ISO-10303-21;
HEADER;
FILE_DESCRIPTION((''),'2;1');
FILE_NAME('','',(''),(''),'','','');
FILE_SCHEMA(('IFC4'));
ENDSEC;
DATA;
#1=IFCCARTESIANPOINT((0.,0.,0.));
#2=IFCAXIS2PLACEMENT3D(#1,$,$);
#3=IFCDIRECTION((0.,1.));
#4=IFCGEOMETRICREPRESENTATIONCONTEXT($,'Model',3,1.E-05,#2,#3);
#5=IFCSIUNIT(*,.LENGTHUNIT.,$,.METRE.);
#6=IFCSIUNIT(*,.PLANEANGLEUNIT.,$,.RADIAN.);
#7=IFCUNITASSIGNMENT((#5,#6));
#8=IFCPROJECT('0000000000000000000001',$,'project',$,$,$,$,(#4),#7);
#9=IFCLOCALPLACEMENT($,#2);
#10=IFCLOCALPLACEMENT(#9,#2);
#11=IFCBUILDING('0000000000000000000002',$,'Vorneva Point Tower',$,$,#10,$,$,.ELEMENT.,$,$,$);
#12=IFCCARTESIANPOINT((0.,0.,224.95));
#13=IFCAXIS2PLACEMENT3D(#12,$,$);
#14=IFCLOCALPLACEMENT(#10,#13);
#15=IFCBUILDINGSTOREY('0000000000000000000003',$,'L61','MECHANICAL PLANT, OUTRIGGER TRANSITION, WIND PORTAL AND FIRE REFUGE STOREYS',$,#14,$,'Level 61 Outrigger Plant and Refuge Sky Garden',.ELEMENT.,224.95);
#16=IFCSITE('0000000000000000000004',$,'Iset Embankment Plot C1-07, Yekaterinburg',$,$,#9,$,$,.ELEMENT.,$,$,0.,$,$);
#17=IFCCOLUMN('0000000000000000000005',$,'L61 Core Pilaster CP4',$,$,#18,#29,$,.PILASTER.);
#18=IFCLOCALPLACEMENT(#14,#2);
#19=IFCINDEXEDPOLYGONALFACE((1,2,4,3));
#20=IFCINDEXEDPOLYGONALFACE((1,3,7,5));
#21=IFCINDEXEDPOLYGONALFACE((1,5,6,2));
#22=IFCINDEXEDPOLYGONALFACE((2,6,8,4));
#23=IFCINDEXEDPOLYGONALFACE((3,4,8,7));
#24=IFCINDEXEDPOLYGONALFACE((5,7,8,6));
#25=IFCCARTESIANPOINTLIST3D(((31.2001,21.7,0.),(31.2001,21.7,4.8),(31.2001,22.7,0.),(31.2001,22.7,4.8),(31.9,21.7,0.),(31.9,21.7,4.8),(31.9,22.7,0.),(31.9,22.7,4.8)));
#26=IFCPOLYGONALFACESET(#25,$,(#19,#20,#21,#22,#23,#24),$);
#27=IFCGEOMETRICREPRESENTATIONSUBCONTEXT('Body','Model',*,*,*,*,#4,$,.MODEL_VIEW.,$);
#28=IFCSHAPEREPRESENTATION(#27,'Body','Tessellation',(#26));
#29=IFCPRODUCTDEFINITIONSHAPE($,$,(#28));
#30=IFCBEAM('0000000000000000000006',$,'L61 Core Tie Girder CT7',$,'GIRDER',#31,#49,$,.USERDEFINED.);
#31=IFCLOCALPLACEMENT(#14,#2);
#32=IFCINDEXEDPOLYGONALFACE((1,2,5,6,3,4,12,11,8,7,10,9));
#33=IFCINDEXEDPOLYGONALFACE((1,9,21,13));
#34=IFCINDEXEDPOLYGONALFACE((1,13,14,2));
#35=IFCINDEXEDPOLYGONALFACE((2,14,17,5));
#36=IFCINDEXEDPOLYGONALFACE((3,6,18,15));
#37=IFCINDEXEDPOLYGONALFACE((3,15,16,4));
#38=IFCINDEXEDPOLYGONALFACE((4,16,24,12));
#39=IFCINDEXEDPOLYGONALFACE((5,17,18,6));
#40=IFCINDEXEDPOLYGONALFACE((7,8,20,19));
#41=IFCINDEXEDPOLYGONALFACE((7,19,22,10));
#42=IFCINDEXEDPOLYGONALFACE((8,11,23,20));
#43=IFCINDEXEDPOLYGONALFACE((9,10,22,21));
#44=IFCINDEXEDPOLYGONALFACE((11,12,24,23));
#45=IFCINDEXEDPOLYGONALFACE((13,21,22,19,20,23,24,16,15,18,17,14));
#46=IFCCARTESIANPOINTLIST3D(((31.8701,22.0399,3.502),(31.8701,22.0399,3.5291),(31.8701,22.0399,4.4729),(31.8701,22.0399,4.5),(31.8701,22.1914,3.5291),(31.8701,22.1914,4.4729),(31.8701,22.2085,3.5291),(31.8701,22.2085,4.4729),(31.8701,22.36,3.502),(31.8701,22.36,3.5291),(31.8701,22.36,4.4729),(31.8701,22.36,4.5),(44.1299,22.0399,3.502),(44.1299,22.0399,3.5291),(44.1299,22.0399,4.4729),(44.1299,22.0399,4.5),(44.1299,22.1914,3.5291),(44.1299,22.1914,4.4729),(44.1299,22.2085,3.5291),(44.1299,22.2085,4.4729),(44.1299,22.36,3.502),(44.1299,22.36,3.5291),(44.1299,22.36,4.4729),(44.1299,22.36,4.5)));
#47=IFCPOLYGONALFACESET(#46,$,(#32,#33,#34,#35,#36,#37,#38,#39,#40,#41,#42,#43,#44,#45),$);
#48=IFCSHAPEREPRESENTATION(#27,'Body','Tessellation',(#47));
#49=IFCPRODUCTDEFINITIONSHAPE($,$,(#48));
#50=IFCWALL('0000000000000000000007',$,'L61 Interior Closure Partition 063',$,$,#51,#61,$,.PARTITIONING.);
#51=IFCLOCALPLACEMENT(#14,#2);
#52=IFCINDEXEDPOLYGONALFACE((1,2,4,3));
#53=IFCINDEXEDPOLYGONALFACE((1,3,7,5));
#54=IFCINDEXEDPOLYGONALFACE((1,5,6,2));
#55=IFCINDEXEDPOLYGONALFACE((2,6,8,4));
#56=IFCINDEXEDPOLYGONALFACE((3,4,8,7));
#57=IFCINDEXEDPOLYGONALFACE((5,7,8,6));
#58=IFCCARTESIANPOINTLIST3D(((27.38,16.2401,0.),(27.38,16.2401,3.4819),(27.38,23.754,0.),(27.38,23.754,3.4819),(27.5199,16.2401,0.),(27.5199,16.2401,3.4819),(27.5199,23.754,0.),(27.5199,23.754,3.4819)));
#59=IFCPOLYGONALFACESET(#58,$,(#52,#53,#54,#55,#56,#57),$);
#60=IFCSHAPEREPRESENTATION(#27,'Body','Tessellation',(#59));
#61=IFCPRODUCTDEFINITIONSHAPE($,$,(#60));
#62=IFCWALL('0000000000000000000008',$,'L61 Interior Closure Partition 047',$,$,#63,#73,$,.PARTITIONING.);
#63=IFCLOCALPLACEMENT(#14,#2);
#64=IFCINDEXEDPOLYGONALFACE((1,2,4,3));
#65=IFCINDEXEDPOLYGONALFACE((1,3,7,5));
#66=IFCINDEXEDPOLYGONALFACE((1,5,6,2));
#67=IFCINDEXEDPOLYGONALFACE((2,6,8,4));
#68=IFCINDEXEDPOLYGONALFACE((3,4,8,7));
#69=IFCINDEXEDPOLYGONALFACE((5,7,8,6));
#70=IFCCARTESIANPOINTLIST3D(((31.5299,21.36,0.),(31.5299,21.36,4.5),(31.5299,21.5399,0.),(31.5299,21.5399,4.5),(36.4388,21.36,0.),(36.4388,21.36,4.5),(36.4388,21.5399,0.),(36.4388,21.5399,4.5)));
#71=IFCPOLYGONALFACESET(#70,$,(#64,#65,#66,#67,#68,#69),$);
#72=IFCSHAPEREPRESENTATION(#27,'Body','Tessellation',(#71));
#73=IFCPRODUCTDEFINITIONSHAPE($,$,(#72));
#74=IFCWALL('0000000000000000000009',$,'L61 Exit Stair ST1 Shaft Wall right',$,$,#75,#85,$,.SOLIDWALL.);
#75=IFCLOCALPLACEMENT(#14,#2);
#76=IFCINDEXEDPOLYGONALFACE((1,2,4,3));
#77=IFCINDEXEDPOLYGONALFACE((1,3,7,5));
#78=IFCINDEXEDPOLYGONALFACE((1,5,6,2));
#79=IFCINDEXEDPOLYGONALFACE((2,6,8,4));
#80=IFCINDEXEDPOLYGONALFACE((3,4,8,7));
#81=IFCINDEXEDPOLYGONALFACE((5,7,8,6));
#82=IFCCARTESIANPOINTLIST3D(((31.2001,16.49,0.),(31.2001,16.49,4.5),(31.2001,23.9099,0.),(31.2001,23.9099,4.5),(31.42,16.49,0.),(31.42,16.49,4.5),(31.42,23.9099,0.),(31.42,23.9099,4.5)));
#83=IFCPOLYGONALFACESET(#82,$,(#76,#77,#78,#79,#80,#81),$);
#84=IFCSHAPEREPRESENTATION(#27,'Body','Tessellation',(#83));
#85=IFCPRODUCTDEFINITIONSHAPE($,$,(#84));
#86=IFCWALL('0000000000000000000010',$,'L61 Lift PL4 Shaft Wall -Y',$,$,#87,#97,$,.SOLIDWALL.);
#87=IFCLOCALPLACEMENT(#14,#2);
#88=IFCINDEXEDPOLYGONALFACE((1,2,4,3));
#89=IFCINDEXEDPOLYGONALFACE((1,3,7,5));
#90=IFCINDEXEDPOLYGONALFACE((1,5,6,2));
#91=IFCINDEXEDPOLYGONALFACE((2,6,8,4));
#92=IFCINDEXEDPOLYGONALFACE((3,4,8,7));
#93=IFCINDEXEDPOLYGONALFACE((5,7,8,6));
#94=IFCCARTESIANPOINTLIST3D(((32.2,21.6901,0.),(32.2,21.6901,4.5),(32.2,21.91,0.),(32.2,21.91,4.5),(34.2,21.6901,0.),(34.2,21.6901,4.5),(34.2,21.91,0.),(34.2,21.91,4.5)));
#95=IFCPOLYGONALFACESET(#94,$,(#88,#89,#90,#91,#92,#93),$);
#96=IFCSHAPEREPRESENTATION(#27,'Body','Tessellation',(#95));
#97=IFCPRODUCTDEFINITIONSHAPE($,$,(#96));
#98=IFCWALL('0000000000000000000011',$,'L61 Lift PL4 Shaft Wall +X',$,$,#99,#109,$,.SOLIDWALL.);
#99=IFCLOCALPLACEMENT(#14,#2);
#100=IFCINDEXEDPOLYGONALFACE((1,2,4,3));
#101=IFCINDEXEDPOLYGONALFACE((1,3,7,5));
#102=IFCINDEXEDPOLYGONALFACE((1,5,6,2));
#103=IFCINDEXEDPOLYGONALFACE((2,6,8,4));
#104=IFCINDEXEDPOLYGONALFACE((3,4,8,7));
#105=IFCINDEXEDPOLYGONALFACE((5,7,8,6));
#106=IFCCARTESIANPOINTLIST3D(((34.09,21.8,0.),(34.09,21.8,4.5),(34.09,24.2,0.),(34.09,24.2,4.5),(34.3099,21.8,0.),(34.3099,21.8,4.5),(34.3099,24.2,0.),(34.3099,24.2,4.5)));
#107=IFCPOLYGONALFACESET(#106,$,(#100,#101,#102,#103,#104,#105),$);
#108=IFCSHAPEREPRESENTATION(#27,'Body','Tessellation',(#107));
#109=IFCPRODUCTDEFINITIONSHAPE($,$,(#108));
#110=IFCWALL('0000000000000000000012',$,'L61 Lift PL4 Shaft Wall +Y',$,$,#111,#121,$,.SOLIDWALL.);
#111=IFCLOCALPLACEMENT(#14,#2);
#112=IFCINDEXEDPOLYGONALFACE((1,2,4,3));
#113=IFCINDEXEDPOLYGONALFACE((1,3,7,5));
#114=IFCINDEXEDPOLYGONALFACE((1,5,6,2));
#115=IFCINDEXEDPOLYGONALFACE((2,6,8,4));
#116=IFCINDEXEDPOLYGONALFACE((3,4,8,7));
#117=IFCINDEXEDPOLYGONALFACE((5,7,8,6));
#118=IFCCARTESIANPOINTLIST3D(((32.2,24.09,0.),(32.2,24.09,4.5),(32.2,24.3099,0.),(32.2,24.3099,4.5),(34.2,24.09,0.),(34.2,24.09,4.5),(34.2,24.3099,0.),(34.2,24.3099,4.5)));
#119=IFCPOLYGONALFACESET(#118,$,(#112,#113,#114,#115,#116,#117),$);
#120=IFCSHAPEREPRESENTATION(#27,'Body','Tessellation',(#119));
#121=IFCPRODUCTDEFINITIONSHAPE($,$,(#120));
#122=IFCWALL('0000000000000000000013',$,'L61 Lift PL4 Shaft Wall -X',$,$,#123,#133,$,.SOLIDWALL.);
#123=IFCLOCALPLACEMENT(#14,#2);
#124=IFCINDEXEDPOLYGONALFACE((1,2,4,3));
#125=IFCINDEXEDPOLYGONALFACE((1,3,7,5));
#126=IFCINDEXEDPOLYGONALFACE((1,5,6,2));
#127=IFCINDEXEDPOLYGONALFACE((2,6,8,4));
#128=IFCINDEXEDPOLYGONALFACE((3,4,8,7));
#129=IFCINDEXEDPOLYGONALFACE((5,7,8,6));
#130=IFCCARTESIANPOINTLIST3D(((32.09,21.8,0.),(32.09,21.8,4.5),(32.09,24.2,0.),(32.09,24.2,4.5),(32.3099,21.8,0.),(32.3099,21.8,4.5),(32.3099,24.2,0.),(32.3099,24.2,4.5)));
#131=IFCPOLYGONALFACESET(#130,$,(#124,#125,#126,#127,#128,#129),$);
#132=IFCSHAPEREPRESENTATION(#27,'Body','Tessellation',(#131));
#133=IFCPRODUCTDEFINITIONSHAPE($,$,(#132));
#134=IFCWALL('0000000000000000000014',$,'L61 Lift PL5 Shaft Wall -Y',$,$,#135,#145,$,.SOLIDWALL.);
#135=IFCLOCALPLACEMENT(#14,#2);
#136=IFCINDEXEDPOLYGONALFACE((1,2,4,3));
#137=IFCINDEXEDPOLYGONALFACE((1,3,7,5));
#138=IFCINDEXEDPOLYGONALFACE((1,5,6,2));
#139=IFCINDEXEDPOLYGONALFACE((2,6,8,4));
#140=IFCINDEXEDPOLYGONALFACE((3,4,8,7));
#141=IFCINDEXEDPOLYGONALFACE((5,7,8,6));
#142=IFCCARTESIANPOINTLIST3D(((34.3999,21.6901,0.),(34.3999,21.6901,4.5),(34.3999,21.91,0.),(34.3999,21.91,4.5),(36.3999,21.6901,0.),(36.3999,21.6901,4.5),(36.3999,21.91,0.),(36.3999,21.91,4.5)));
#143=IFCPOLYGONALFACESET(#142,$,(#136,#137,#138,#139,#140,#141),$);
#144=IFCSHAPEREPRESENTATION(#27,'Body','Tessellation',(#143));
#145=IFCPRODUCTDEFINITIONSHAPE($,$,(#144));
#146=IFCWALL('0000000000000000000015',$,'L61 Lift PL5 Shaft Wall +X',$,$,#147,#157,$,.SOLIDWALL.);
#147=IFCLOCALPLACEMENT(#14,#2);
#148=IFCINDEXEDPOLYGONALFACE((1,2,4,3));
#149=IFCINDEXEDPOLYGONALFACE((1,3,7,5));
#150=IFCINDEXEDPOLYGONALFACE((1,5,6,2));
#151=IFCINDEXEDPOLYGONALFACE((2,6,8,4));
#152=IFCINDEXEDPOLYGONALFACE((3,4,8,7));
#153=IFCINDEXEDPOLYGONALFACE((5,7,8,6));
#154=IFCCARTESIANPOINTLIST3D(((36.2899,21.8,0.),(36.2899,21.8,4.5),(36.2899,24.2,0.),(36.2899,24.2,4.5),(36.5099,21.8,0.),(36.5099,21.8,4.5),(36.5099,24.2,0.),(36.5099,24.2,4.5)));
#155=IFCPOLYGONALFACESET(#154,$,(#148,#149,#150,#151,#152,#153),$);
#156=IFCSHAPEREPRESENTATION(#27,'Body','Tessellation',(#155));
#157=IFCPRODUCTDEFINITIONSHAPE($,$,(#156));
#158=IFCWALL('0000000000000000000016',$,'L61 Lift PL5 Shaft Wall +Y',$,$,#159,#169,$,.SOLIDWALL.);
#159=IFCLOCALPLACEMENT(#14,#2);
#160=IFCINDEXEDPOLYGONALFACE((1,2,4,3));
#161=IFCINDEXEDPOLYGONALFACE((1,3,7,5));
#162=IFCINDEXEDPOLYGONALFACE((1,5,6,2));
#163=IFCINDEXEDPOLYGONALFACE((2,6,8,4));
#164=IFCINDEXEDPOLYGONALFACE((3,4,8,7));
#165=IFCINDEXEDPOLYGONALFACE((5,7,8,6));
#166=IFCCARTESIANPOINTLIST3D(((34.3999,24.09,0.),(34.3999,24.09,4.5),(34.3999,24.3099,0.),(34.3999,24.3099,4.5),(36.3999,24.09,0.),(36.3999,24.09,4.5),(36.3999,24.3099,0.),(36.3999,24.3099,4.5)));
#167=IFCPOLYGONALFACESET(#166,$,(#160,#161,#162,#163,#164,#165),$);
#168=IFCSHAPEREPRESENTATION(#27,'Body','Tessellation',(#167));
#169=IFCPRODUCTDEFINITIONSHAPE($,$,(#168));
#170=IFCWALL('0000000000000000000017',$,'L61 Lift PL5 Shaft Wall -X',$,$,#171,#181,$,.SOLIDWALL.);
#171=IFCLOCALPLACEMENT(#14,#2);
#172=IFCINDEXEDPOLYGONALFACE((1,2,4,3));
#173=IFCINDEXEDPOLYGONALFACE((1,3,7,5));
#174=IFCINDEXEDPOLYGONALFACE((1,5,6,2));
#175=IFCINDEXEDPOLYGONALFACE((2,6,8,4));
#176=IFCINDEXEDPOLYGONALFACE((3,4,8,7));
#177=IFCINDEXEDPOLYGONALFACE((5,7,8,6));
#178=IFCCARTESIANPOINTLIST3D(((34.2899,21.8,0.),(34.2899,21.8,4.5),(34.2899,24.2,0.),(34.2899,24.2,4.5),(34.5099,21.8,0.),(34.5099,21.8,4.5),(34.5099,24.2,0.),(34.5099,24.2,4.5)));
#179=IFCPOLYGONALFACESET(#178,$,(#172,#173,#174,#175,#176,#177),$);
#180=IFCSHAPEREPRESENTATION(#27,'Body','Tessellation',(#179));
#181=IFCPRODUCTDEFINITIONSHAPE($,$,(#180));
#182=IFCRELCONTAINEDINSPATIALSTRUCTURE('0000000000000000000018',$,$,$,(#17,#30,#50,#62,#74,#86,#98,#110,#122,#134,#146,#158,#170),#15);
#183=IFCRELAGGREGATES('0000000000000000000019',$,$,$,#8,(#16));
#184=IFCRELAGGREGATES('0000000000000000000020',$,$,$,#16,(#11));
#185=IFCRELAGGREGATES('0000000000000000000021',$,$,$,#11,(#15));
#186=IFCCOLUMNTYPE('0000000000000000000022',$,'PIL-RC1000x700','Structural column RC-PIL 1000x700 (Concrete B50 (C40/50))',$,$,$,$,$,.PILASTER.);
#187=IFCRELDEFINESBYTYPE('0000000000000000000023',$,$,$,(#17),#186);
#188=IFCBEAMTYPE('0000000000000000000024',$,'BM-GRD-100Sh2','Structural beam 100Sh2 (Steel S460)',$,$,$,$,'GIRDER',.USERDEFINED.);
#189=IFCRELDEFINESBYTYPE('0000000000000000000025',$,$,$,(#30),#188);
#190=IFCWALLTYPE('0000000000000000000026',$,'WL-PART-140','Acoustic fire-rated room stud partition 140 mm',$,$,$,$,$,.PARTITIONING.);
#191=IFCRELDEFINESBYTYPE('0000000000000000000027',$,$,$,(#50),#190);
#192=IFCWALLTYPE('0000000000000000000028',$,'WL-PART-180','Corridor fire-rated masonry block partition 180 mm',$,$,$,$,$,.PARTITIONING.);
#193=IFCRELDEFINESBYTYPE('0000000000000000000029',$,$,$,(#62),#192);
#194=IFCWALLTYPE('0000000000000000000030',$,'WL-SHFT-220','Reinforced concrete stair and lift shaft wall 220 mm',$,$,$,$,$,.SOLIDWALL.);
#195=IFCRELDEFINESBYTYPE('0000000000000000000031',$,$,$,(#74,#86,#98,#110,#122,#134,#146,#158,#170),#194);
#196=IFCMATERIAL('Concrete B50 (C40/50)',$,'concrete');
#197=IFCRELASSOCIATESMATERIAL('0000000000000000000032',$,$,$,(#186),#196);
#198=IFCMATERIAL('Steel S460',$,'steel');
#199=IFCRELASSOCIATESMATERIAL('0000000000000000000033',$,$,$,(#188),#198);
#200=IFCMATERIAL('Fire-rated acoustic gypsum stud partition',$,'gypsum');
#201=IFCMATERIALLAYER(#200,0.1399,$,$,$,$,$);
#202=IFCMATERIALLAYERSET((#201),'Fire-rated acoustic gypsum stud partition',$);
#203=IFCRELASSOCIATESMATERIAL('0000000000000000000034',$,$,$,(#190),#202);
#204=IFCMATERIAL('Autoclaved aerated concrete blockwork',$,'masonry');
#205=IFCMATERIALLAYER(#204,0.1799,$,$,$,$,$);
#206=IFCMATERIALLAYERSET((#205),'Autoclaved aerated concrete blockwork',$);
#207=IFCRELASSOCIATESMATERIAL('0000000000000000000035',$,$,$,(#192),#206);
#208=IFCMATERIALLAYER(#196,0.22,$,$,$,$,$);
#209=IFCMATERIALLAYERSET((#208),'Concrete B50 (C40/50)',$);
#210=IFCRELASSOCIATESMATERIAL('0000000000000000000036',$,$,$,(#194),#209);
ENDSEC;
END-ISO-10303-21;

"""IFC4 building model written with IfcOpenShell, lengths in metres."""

from ifc_helpers import new_model, si_unit, direction, frame, frame_2d, origin, origin_2d, place, context, subcontext, project, spatial, rectangle, i_section, extrude, material, layer, layer_set, material_profile, profile_set, type_object, element, save


model = new_model("IFC4")

# Units and contexts
model_context = context("Model", 3, precision=1e-05, world=origin(), true_north=direction((0.0, 1.0)))
body_context = subcontext(model_context, "Body", "Model", "MODEL_VIEW")
ifc_project = project(units=[si_unit("LENGTHUNIT", "METRE"), si_unit("PLANEANGLEUNIT", "RADIAN")], contexts=[model_context])

# Site, building, storey
site_placement = place(None, origin())
site = spatial("IfcSite", under=ifc_project, at=site_placement, Name="Iset Embankment Plot C1-07, Yekaterinburg", CompositionType="ELEMENT", RefElevation=0.0)
building_placement = place(site_placement, origin())
building = spatial("IfcBuilding", under=site, at=building_placement, Name="Vorneva Point Tower", CompositionType="ELEMENT")
storey_placement = place(building_placement, frame((0.0, 0.0, 224.95)))
storey = spatial("IfcBuildingStorey", under=building, at=storey_placement, Name="L61", Description="MECHANICAL PLANT, OUTRIGGER TRANSITION, WIND PORTAL AND FIRE REFUGE STOREYS", LongName="Level 61 Outrigger Plant and Refuge Sky Garden", CompositionType="ELEMENT", Elevation=224.95)

# Column
ifc_material_1 = material(Name="Concrete B50 (C40/50)", Category="concrete")
ifc_material_profile_1 = material_profile(ifc_material_1, rectangle(XDim=0.7, YDim=1.0, at=origin_2d()), Name="RC-PIL 1000x700")
ifc_profile_set_1 = profile_set([ifc_material_profile_1], Name="Concrete B50 (C40/50)")
column_type = type_object("IfcColumnType", Name="PIL-RC1000x700", Description="Structural column RC-PIL 1000x700 (Concrete B50 (C40/50))", PredefinedType="PILASTER", material=ifc_profile_set_1)
column_placement = place(storey_placement, frame((31.55, 22.2, 0.0), z_axis=(0.0, 0.0, 1.0), x_axis=(1.0, 0.0, 0.0)))
element("IfcColumn", 1, at=column_placement, inside=storey, type_object=column_type, Name="L61 Core Pilaster CP4", PredefinedType="PILASTER", context=body_context, shape_type="SweptSolid", body=[
    extrude(rectangle(XDim=0.7, YDim=1.0, at=origin_2d()), origin(), (0.0, 0.0, 1.0), 4.8),
])

# Beam
ifc_material_2 = material(Name="Steel S460", Category="steel")
ifc_material_profile_2 = material_profile(ifc_material_2, i_section(OverallWidth=0.3201, OverallDepth=0.998, WebThickness=0.0171, FlangeThickness=0.0271, at=origin_2d()), Name="100Sh2")
ifc_profile_set_2 = profile_set([ifc_material_profile_2], Name="Steel S460")
beam_type = type_object("IfcBeamType", Name="BM-GRD-100Sh2", Description="Structural beam 100Sh2 (Steel S460)", ElementType="GIRDER", PredefinedType="USERDEFINED", material=ifc_profile_set_2)
beam_placement = place(storey_placement, frame((31.8701, 22.2, 4.001), z_axis=(1.0, 0.0, 0.0), x_axis=(0.0, 1.0, 0.0)))
element("IfcBeam", 2, at=beam_placement, inside=storey, type_object=beam_type, Name="L61 Core Tie Girder CT7", ObjectType="GIRDER", PredefinedType="USERDEFINED", context=body_context, shape_type="SweptSolid", body=[
    extrude(i_section(OverallWidth=0.3201, OverallDepth=0.998, WebThickness=0.0171, FlangeThickness=0.0271, at=origin_2d()), origin(), (0.0, 0.0, 1.0), 12.2598),
])

# Wall
ifc_material_3 = material(Name="Fire-rated acoustic gypsum stud partition", Category="gypsum")
ifc_layer_1 = layer(ifc_material_3, 0.1399)
ifc_layer_set_1 = layer_set([ifc_layer_1], Name="Fire-rated acoustic gypsum stud partition")
wall_type_1 = type_object("IfcWallType", Name="WL-PART-140", Description="Acoustic fire-rated room stud partition 140 mm", PredefinedType="PARTITIONING", material=ifc_layer_set_1)
wall_1_placement = place(storey_placement, frame((27.45, 23.7539, 0.0), z_axis=(0.0, 0.0, 1.0), x_axis=(0.0, -1.0, 0.0)))
element("IfcWall", 3, at=wall_1_placement, inside=storey, type_object=wall_type_1, Name="L61 Interior Closure Partition 063", PredefinedType="PARTITIONING", context=body_context, shape_type="SweptSolid", body=[
    extrude(rectangle(XDim=7.5139, YDim=0.1399, at=frame_2d((3.7568, 0.0))), origin(), (0.0, 0.0, 1.0), 3.4819),
])

# Shared definitions
ifc_material_4 = material(Name="Autoclaved aerated concrete blockwork", Category="masonry")
ifc_layer_2 = layer(ifc_material_4, 0.1799)
ifc_layer_set_2 = layer_set([ifc_layer_2], Name="Autoclaved aerated concrete blockwork")
wall_type_2 = type_object("IfcWallType", Name="WL-PART-180", Description="Corridor fire-rated masonry block partition 180 mm", PredefinedType="PARTITIONING", material=ifc_layer_set_2)

# Wall
wall_2_placement = place(storey_placement, frame((36.439, 21.45, 0.0), z_axis=(0.0, 0.0, 1.0), x_axis=(-1.0, 0.0, 0.0)))
element("IfcWall", 4, at=wall_2_placement, inside=storey, type_object=wall_type_2, Name="L61 Interior Closure Partition 047", PredefinedType="PARTITIONING", context=body_context, shape_type="SweptSolid", body=[
    extrude(rectangle(XDim=4.9089, YDim=0.1799, at=frame_2d((2.4546, 0.0))), origin(), (0.0, 0.0, 1.0), 4.5),
])

# Shared definitions
ifc_layer_3 = layer(ifc_material_1, 0.22)
ifc_layer_set_3 = layer_set([ifc_layer_3], Name="Concrete B50 (C40/50)")
wall_type_3 = type_object("IfcWallType", Name="WL-SHFT-220", Description="Reinforced concrete stair and lift shaft wall 220 mm", PredefinedType="SOLIDWALL", material=ifc_layer_set_3)

# Walls
wall_3_placement = place(storey_placement, frame((31.3101, 23.9099, 0.0), z_axis=(0.0, 0.0, 1.0), x_axis=(0.0, -1.0, 0.0)))
element("IfcWall", 5, at=wall_3_placement, inside=storey, type_object=wall_type_3, Name="L61 Exit Stair ST1 Shaft Wall right", PredefinedType="SOLIDWALL", context=body_context, shape_type="SweptSolid", body=[
    extrude(rectangle(XDim=7.4199, YDim=0.22, at=frame_2d((3.71, 0.0))), origin(), (0.0, 0.0, 1.0), 4.5),
])
wall_4_placement = place(storey_placement, frame((32.2, 21.8, 0.0), z_axis=(0.0, 0.0, 1.0), x_axis=(1.0, 0.0, 0.0)))
element("IfcWall", 6, at=wall_4_placement, inside=storey, type_object=wall_type_3, Name="L61 Lift PL4 Shaft Wall -Y", PredefinedType="SOLIDWALL", context=body_context, shape_type="SweptSolid", body=[
    extrude(rectangle(XDim=2.0, YDim=0.22, at=frame_2d((1.0, 0.0))), origin(), (0.0, 0.0, 1.0), 4.5),
])
wall_5_placement = place(storey_placement, frame((34.2, 21.8, 0.0), z_axis=(0.0, 0.0, 1.0), x_axis=(0.0, 1.0, 0.0)))
element("IfcWall", 7, at=wall_5_placement, inside=storey, type_object=wall_type_3, Name="L61 Lift PL4 Shaft Wall +X", PredefinedType="SOLIDWALL", context=body_context, shape_type="SweptSolid", body=[
    extrude(rectangle(XDim=2.3999, YDim=0.22, at=frame_2d((1.2, 0.0))), origin(), (0.0, 0.0, 1.0), 4.5),
])
wall_6_placement = place(storey_placement, frame((34.2, 24.2, 0.0), z_axis=(0.0, 0.0, 1.0), x_axis=(-1.0, 0.0, 0.0)))
element("IfcWall", 8, at=wall_6_placement, inside=storey, type_object=wall_type_3, Name="L61 Lift PL4 Shaft Wall +Y", PredefinedType="SOLIDWALL", context=body_context, shape_type="SweptSolid", body=[
    extrude(rectangle(XDim=2.0, YDim=0.22, at=frame_2d((1.0, 0.0))), origin(), (0.0, 0.0, 1.0), 4.5),
])
wall_7_placement = place(storey_placement, frame((32.2, 24.2, 0.0), z_axis=(0.0, 0.0, 1.0), x_axis=(0.0, -1.0, 0.0)))
element("IfcWall", 9, at=wall_7_placement, inside=storey, type_object=wall_type_3, Name="L61 Lift PL4 Shaft Wall -X", PredefinedType="SOLIDWALL", context=body_context, shape_type="SweptSolid", body=[
    extrude(rectangle(XDim=2.3999, YDim=0.22, at=frame_2d((1.2, 0.0))), origin(), (0.0, 0.0, 1.0), 4.5),
])
wall_8_placement = place(storey_placement, frame((34.3999, 21.8, 0.0), z_axis=(0.0, 0.0, 1.0), x_axis=(1.0, 0.0, 0.0)))
element("IfcWall", 10, at=wall_8_placement, inside=storey, type_object=wall_type_3, Name="L61 Lift PL5 Shaft Wall -Y", PredefinedType="SOLIDWALL", context=body_context, shape_type="SweptSolid", body=[
    extrude(rectangle(XDim=2.0, YDim=0.22, at=frame_2d((1.0, 0.0))), origin(), (0.0, 0.0, 1.0), 4.5),
])
wall_9_placement = place(storey_placement, frame((36.3999, 21.8, 0.0), z_axis=(0.0, 0.0, 1.0), x_axis=(0.0, 1.0, 0.0)))
element("IfcWall", 11, at=wall_9_placement, inside=storey, type_object=wall_type_3, Name="L61 Lift PL5 Shaft Wall +X", PredefinedType="SOLIDWALL", context=body_context, shape_type="SweptSolid", body=[
    extrude(rectangle(XDim=2.3999, YDim=0.22, at=frame_2d((1.2, 0.0))), origin(), (0.0, 0.0, 1.0), 4.5),
])
wall_10_placement = place(storey_placement, frame((36.3999, 24.2, 0.0), z_axis=(0.0, 0.0, 1.0), x_axis=(-1.0, 0.0, 0.0)))
element("IfcWall", 12, at=wall_10_placement, inside=storey, type_object=wall_type_3, Name="L61 Lift PL5 Shaft Wall +Y", PredefinedType="SOLIDWALL", context=body_context, shape_type="SweptSolid", body=[
    extrude(rectangle(XDim=2.0, YDim=0.22, at=frame_2d((1.0, 0.0))), origin(), (0.0, 0.0, 1.0), 4.5),
])
wall_11_placement = place(storey_placement, frame((34.3999, 24.2, 0.0), z_axis=(0.0, 0.0, 1.0), x_axis=(0.0, -1.0, 0.0)))
element("IfcWall", 13, at=wall_11_placement, inside=storey, type_object=wall_type_3, Name="L61 Lift PL5 Shaft Wall -X", PredefinedType="SOLIDWALL", context=body_context, shape_type="SweptSolid", body=[
    extrude(rectangle(XDim=2.3999, YDim=0.22, at=frame_2d((1.2, 0.0))), origin(), (0.0, 0.0, 1.0), 4.5),
])

save(model, "model.ifc")
